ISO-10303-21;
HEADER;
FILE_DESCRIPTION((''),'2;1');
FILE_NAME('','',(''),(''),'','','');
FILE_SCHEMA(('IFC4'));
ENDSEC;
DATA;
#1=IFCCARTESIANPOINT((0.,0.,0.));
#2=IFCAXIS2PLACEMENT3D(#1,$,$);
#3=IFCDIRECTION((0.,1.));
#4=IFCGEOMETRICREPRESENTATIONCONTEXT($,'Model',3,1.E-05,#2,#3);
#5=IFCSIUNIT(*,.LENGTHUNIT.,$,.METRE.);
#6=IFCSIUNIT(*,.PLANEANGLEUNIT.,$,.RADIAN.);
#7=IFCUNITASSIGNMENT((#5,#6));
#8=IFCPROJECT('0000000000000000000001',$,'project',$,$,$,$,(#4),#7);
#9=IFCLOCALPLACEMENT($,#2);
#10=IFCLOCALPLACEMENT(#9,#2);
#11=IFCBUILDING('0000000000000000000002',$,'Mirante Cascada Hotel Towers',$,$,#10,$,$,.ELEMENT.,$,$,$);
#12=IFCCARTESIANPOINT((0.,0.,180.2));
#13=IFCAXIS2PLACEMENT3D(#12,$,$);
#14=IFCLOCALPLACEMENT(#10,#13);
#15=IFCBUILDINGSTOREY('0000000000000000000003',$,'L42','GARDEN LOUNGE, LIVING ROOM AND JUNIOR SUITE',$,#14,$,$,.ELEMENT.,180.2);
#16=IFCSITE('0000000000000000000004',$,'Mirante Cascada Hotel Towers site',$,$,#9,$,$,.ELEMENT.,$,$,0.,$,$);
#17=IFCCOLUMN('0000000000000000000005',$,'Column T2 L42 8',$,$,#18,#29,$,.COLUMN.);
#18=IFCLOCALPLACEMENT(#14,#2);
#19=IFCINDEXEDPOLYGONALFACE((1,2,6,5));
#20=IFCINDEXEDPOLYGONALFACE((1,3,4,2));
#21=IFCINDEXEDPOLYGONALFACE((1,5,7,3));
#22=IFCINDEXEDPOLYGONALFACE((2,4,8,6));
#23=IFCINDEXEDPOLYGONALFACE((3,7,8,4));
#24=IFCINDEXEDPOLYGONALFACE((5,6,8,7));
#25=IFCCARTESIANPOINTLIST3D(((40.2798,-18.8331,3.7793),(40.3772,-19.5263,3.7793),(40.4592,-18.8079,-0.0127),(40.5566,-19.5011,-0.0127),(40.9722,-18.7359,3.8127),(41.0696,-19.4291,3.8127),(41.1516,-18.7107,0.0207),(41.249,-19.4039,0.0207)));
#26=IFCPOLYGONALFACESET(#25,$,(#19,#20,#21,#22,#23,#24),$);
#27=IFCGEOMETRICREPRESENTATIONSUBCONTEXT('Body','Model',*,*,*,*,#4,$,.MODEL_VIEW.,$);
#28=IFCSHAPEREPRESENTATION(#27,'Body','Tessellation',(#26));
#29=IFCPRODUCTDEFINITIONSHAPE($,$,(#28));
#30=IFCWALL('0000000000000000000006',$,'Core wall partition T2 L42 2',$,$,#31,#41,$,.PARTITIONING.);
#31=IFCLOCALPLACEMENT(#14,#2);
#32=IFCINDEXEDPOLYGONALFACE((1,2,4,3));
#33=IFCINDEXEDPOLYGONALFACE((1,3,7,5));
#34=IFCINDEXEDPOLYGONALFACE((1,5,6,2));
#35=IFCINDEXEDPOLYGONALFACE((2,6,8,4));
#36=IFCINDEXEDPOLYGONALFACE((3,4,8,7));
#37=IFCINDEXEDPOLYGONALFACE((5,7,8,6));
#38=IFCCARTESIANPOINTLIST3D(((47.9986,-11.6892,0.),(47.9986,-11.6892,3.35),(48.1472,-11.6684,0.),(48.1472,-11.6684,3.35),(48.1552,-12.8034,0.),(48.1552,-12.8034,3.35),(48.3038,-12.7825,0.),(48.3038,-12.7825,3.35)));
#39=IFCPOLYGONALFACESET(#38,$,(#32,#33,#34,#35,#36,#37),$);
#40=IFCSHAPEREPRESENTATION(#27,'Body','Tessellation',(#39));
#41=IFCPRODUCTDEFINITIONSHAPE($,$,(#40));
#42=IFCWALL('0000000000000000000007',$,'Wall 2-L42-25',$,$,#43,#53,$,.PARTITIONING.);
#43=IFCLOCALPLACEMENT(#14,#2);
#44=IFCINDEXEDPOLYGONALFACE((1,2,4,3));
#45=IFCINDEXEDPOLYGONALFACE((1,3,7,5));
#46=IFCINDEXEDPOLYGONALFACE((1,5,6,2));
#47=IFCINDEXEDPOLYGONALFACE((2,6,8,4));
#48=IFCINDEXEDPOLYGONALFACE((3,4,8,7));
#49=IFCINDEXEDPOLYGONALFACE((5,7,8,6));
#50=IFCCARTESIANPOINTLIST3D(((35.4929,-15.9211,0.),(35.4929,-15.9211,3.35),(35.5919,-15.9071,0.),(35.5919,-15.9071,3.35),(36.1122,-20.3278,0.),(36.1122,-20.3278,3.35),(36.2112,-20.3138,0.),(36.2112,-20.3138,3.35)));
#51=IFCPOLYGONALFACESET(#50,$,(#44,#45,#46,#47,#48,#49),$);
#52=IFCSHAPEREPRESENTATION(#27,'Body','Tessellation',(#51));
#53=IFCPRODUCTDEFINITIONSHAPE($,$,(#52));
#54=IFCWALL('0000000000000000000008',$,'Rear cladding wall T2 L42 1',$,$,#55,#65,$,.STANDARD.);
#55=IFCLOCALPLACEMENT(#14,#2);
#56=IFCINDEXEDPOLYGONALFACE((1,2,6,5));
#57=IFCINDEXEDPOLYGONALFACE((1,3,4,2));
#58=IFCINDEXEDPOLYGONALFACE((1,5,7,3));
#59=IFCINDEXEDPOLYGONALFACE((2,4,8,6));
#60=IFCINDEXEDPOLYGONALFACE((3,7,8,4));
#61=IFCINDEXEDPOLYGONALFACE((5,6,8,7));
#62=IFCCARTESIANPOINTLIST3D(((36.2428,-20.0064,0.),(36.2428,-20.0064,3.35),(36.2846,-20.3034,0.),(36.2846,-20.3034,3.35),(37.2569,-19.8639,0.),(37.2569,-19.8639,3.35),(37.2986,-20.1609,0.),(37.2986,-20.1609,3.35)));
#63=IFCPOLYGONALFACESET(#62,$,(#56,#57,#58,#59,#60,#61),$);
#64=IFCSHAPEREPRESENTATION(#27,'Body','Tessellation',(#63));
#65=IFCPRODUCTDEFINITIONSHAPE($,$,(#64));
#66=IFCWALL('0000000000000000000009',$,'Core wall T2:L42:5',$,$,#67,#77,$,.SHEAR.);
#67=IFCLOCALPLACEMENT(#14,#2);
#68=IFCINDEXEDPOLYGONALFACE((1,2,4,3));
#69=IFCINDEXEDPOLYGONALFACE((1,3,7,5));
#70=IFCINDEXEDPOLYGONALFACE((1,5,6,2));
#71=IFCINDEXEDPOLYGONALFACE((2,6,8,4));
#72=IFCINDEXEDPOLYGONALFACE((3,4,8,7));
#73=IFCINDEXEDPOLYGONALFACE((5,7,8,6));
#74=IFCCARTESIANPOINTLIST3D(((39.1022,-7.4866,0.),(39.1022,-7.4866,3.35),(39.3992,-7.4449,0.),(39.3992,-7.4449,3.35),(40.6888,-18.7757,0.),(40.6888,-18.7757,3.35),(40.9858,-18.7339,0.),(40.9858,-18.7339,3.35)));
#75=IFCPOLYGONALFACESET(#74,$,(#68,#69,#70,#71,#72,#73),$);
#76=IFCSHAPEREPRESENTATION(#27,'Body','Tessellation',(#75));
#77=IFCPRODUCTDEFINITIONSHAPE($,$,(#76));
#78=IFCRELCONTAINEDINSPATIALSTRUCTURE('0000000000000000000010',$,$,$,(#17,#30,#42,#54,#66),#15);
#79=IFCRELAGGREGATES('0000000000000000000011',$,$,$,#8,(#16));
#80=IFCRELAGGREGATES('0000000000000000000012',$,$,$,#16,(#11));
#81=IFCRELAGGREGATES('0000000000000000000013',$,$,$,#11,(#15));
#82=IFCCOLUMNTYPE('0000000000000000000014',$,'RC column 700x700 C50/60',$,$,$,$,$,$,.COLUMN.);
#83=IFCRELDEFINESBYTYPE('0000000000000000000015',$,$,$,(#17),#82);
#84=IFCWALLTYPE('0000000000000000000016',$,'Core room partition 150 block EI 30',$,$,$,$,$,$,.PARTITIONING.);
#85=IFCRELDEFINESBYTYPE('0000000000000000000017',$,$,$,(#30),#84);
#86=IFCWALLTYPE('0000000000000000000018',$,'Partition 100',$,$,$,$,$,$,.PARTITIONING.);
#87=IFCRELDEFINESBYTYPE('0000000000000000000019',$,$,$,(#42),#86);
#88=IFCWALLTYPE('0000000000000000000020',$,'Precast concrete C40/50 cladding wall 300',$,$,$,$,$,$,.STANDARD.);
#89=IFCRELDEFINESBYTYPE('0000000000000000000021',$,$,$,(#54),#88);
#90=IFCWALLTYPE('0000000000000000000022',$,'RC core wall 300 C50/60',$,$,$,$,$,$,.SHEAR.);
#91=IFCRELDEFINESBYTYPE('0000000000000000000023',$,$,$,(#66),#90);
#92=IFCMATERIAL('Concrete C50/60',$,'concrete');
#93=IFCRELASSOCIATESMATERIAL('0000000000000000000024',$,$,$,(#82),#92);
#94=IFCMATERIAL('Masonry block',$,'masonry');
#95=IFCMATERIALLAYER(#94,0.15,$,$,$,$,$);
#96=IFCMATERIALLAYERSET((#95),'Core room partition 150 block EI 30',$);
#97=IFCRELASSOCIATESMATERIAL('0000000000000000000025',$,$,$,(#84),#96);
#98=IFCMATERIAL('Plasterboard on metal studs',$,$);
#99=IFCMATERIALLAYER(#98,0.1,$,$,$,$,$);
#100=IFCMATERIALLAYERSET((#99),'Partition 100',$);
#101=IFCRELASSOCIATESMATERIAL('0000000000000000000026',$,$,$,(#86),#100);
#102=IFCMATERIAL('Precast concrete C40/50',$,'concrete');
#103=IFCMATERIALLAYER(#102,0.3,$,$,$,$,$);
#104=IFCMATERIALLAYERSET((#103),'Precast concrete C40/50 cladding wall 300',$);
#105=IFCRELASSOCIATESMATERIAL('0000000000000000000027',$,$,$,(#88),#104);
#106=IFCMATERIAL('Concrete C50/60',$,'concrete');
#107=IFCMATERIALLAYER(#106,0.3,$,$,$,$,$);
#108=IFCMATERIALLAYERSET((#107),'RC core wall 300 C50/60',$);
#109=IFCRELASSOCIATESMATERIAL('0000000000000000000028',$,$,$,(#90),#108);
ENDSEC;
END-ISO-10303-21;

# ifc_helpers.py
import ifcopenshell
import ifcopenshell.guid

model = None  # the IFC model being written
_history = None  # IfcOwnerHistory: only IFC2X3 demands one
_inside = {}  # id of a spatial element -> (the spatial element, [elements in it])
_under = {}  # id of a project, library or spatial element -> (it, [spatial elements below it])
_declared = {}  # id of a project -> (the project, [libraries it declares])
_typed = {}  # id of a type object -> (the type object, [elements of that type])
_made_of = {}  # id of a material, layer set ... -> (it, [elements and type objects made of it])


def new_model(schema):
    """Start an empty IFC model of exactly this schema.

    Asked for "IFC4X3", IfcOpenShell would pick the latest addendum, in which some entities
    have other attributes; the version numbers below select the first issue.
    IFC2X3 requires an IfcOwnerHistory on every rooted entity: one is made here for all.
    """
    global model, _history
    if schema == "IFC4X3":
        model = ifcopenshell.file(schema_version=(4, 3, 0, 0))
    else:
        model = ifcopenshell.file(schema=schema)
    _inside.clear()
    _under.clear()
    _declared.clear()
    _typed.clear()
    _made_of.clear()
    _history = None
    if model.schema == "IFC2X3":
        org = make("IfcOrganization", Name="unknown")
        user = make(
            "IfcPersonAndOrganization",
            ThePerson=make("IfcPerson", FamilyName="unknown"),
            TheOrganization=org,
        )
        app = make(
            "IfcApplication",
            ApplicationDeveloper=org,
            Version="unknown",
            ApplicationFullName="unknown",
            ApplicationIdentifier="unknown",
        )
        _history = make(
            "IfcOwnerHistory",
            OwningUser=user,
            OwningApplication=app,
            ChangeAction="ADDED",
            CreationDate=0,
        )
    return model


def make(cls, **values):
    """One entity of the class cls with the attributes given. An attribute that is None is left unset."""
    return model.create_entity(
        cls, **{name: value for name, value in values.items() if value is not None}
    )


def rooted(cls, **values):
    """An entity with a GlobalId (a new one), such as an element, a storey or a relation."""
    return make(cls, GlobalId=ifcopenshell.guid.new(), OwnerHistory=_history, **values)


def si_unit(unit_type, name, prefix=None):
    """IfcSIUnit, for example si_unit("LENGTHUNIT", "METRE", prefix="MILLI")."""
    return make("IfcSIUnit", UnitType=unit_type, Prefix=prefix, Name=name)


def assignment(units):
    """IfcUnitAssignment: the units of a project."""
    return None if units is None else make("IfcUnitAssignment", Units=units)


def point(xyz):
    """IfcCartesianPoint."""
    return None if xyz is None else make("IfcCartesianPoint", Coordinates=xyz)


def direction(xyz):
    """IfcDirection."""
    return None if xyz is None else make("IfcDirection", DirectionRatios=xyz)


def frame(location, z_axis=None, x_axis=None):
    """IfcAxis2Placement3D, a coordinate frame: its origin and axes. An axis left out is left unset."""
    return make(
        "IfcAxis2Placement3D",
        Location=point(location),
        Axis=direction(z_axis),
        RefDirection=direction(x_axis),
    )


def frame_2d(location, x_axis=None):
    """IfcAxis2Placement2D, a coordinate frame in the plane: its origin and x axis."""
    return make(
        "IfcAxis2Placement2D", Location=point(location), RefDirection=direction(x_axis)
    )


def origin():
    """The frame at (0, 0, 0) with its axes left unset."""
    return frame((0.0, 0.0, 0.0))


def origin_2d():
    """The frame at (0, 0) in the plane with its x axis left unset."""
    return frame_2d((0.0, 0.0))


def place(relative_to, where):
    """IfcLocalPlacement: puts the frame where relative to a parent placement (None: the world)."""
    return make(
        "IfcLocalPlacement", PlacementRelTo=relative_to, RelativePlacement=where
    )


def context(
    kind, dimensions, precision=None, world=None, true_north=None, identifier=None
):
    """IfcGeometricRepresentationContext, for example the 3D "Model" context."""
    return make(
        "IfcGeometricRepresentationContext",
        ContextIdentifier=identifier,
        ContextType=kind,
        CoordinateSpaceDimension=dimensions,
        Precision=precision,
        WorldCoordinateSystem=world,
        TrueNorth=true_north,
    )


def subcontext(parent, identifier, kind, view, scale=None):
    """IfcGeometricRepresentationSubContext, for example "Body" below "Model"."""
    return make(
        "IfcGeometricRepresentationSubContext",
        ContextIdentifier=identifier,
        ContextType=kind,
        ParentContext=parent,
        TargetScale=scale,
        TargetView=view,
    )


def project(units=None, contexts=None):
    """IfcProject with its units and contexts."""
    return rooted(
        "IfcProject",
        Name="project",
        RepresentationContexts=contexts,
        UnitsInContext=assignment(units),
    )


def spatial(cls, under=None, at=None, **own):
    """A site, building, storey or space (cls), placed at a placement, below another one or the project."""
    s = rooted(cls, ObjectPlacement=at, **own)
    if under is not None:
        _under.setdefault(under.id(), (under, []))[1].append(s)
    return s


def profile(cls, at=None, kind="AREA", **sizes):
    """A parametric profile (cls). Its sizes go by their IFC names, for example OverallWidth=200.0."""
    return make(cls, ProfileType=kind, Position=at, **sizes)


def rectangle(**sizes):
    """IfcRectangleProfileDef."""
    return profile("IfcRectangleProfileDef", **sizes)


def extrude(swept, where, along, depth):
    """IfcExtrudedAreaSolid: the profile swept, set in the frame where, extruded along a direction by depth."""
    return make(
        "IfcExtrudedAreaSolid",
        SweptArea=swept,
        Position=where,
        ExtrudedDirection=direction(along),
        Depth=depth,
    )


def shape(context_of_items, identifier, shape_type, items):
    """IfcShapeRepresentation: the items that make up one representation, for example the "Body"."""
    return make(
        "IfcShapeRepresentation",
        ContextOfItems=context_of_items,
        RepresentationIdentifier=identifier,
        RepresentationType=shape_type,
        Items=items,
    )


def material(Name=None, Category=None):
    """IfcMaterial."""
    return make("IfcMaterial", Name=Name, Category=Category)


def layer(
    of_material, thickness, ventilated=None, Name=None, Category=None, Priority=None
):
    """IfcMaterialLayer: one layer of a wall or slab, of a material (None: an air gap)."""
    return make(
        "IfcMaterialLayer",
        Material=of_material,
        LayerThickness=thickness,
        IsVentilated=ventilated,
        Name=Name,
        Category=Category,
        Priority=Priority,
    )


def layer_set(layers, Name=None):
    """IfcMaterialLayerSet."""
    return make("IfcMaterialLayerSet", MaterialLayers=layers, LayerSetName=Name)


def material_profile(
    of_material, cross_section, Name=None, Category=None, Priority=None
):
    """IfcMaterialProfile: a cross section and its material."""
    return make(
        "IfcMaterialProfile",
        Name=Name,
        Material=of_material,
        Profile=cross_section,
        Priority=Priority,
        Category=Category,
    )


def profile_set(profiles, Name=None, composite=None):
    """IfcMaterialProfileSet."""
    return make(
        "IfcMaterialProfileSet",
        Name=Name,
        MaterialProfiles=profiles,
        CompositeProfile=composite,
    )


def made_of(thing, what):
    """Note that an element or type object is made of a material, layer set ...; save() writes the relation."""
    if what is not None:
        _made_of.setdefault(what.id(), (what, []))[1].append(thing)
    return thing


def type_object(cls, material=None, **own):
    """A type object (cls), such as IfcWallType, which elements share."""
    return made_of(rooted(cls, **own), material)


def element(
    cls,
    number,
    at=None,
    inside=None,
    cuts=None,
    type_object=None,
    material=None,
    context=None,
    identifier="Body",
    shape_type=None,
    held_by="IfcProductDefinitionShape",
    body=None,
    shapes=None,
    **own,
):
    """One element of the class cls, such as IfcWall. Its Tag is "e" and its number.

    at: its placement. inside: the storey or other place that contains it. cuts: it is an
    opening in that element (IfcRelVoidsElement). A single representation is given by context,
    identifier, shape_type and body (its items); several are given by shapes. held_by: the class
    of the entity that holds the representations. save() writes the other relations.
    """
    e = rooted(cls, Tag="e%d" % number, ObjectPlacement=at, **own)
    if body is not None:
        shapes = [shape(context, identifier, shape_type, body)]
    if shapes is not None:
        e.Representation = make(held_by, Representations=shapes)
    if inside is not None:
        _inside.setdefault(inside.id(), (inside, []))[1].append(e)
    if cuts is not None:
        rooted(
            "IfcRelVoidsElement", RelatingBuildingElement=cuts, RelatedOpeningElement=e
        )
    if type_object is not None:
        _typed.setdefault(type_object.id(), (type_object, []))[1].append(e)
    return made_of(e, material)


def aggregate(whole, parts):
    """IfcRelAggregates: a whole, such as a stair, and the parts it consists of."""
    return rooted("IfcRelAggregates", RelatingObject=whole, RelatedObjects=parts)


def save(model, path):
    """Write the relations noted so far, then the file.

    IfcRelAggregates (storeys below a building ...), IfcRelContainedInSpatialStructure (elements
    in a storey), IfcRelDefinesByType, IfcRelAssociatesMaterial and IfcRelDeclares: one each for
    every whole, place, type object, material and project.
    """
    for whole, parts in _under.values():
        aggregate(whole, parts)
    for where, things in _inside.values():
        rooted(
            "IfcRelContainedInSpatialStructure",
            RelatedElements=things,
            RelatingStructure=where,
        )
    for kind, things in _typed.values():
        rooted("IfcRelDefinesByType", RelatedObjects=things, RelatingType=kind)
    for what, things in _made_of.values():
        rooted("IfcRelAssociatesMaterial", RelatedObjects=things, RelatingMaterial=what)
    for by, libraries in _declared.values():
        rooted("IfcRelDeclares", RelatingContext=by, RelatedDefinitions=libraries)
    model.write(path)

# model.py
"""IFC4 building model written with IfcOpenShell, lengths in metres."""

from ifc_helpers import new_model, si_unit, direction, frame, frame_2d, origin, origin_2d, place, context, subcontext, project, spatial, rectangle, extrude, material, layer, layer_set, material_profile, profile_set, type_object, element, save


model = new_model("IFC4")

# Units and contexts
model_context = context("Model", 3, precision=1e-05, world=origin(), true_north=direction((0.0, 1.0)))
body_context = subcontext(model_context, "Body", "Model", "MODEL_VIEW")
ifc_project = project(units=[si_unit("LENGTHUNIT", "METRE"), si_unit("PLANEANGLEUNIT", "RADIAN")], contexts=[model_context])

# Site, building, storey
site_placement = place(None, origin())
site = spatial("IfcSite", under=ifc_project, at=site_placement, Name="Mirante Cascada Hotel Towers site", CompositionType="ELEMENT", RefElevation=0.0)
building_placement = place(site_placement, origin())
building = spatial("IfcBuilding", under=site, at=building_placement, Name="Mirante Cascada Hotel Towers", CompositionType="ELEMENT")
storey_placement = place(building_placement, frame((0.0, 0.0, 180.2)))
storey = spatial("IfcBuildingStorey", under=building, at=storey_placement, Name="L42", Description="GARDEN LOUNGE, LIVING ROOM AND JUNIOR SUITE", CompositionType="ELEMENT", Elevation=180.2)

# Column
ifc_material_1 = material(Name="Concrete C50/60", Category="concrete")
ifc_material_profile = material_profile(ifc_material_1, rectangle(XDim=0.7, YDim=0.7, at=origin_2d()), Name="RC column 700x700 C50/60")
ifc_profile_set = profile_set([ifc_material_profile], Name="Concrete C50/60")
column_type = type_object("IfcColumnType", Name="RC column 700x700 C50/60", PredefinedType="COLUMN", material=ifc_profile_set)
column_placement = place(storey_placement, frame((40.8541, -19.1059, 0.004), z_axis=(-0.047256, -0.006638, 0.998861), x_axis=(0.139103, -0.990278, 0.0)))
element("IfcColumn", 1, at=column_placement, inside=storey, type_object=column_type, Name="Column T2 L42 8", PredefinedType="COLUMN", context=body_context, shape_type="SweptSolid", body=[
    extrude(rectangle(XDim=0.7, YDim=0.7, at=origin_2d()), origin(), (0.0, 0.0, 1.0), 3.7963),
])

# Walls
ifc_material_2 = material(Name="Masonry block", Category="masonry")
ifc_layer_1 = layer(ifc_material_2, 0.15)
ifc_layer_set_1 = layer_set([ifc_layer_1], Name="Core room partition 150 block EI 30")
wall_type_1 = type_object("IfcWallType", Name="Core room partition 150 block EI 30", PredefinedType="PARTITIONING", material=ifc_layer_set_1)
wall_1_placement = place(storey_placement, frame((48.2295, -12.793, 0.0), z_axis=(0.0, 0.0, 1.0), x_axis=(-0.139193, 0.990265, 0.0)))
element("IfcWall", 2, at=wall_1_placement, inside=storey, type_object=wall_type_1, Name="Core wall partition T2 L42 2", PredefinedType="PARTITIONING", context=body_context, shape_type="SweptSolid", body=[
    extrude(rectangle(XDim=1.1251, YDim=0.15, at=frame_2d((0.5626, 0.0))), origin(), (0.0, 0.0, 1.0), 3.35),
])
ifc_material_3 = material(Name="Plasterboard on metal studs")
ifc_layer_2 = layer(ifc_material_3, 0.1)
ifc_layer_set_2 = layer_set([ifc_layer_2], Name="Partition 100")
wall_type_2 = type_object("IfcWallType", Name="Partition 100", PredefinedType="PARTITIONING", material=ifc_layer_set_2)
wall_2_placement = place(storey_placement, frame((36.1617, -20.3208, 0.0), z_axis=(0.0, 0.0, 1.0), x_axis=(-0.139168, 0.990269, 0.0)))
element("IfcWall", 3, at=wall_2_placement, inside=storey, type_object=wall_type_2, Name="Wall 2-L42-25", PredefinedType="PARTITIONING", context=body_context, shape_type="SweptSolid", body=[
    extrude(rectangle(XDim=4.45, YDim=0.1, at=frame_2d((2.225, 0.0))), origin(), (0.0, 0.0, 1.0), 3.35),
])
ifc_material_4 = material(Name="Precast concrete C40/50", Category="concrete")
ifc_layer_3 = layer(ifc_material_4, 0.3)
ifc_layer_set_3 = layer_set([ifc_layer_3], Name="Precast concrete C40/50 cladding wall 300")
wall_type_3 = type_object("IfcWallType", Name="Precast concrete C40/50 cladding wall 300", PredefinedType="STANDARD", material=ifc_layer_set_3)
wall_3_placement = place(storey_placement, frame((36.2637, -20.1549, 0.0), z_axis=(0.0, 0.0, 1.0), x_axis=(0.990269, 0.139165, 0.0)))
element("IfcWall", 4, at=wall_3_placement, inside=storey, type_object=wall_type_3, Name="Rear cladding wall T2 L42 1", PredefinedType="STANDARD", context=body_context, shape_type="SweptSolid", body=[
    extrude(rectangle(XDim=1.024, YDim=0.3, at=frame_2d((0.512, 0.0))), origin(), (0.0, 0.0, 1.0), 3.35),
])
ifc_material_5 = material(Name="Concrete C50/60", Category="concrete")
ifc_layer_4 = layer(ifc_material_5, 0.3)
ifc_layer_set_4 = layer_set([ifc_layer_4], Name="RC core wall 300 C50/60")
wall_type_4 = type_object("IfcWallType", Name="RC core wall 300 C50/60", PredefinedType="SHEAR", material=ifc_layer_set_4)
wall_4_placement = place(storey_placement, frame((40.8373, -18.7548, 0.0), z_axis=(0.0, 0.0, 1.0), x_axis=(-0.139175, 0.990268, 0.0)))
element("IfcWall", 5, at=wall_4_placement, inside=storey, type_object=wall_type_4, Name="Core wall T2:L42:5", PredefinedType="SHEAR", context=body_context, shape_type="SweptSolid", body=[
    extrude(rectangle(XDim=11.4, YDim=0.3, at=frame_2d((5.7, 0.0))), origin(), (0.0, 0.0, 1.0), 3.35),
])

save(model, "model.ifc")
